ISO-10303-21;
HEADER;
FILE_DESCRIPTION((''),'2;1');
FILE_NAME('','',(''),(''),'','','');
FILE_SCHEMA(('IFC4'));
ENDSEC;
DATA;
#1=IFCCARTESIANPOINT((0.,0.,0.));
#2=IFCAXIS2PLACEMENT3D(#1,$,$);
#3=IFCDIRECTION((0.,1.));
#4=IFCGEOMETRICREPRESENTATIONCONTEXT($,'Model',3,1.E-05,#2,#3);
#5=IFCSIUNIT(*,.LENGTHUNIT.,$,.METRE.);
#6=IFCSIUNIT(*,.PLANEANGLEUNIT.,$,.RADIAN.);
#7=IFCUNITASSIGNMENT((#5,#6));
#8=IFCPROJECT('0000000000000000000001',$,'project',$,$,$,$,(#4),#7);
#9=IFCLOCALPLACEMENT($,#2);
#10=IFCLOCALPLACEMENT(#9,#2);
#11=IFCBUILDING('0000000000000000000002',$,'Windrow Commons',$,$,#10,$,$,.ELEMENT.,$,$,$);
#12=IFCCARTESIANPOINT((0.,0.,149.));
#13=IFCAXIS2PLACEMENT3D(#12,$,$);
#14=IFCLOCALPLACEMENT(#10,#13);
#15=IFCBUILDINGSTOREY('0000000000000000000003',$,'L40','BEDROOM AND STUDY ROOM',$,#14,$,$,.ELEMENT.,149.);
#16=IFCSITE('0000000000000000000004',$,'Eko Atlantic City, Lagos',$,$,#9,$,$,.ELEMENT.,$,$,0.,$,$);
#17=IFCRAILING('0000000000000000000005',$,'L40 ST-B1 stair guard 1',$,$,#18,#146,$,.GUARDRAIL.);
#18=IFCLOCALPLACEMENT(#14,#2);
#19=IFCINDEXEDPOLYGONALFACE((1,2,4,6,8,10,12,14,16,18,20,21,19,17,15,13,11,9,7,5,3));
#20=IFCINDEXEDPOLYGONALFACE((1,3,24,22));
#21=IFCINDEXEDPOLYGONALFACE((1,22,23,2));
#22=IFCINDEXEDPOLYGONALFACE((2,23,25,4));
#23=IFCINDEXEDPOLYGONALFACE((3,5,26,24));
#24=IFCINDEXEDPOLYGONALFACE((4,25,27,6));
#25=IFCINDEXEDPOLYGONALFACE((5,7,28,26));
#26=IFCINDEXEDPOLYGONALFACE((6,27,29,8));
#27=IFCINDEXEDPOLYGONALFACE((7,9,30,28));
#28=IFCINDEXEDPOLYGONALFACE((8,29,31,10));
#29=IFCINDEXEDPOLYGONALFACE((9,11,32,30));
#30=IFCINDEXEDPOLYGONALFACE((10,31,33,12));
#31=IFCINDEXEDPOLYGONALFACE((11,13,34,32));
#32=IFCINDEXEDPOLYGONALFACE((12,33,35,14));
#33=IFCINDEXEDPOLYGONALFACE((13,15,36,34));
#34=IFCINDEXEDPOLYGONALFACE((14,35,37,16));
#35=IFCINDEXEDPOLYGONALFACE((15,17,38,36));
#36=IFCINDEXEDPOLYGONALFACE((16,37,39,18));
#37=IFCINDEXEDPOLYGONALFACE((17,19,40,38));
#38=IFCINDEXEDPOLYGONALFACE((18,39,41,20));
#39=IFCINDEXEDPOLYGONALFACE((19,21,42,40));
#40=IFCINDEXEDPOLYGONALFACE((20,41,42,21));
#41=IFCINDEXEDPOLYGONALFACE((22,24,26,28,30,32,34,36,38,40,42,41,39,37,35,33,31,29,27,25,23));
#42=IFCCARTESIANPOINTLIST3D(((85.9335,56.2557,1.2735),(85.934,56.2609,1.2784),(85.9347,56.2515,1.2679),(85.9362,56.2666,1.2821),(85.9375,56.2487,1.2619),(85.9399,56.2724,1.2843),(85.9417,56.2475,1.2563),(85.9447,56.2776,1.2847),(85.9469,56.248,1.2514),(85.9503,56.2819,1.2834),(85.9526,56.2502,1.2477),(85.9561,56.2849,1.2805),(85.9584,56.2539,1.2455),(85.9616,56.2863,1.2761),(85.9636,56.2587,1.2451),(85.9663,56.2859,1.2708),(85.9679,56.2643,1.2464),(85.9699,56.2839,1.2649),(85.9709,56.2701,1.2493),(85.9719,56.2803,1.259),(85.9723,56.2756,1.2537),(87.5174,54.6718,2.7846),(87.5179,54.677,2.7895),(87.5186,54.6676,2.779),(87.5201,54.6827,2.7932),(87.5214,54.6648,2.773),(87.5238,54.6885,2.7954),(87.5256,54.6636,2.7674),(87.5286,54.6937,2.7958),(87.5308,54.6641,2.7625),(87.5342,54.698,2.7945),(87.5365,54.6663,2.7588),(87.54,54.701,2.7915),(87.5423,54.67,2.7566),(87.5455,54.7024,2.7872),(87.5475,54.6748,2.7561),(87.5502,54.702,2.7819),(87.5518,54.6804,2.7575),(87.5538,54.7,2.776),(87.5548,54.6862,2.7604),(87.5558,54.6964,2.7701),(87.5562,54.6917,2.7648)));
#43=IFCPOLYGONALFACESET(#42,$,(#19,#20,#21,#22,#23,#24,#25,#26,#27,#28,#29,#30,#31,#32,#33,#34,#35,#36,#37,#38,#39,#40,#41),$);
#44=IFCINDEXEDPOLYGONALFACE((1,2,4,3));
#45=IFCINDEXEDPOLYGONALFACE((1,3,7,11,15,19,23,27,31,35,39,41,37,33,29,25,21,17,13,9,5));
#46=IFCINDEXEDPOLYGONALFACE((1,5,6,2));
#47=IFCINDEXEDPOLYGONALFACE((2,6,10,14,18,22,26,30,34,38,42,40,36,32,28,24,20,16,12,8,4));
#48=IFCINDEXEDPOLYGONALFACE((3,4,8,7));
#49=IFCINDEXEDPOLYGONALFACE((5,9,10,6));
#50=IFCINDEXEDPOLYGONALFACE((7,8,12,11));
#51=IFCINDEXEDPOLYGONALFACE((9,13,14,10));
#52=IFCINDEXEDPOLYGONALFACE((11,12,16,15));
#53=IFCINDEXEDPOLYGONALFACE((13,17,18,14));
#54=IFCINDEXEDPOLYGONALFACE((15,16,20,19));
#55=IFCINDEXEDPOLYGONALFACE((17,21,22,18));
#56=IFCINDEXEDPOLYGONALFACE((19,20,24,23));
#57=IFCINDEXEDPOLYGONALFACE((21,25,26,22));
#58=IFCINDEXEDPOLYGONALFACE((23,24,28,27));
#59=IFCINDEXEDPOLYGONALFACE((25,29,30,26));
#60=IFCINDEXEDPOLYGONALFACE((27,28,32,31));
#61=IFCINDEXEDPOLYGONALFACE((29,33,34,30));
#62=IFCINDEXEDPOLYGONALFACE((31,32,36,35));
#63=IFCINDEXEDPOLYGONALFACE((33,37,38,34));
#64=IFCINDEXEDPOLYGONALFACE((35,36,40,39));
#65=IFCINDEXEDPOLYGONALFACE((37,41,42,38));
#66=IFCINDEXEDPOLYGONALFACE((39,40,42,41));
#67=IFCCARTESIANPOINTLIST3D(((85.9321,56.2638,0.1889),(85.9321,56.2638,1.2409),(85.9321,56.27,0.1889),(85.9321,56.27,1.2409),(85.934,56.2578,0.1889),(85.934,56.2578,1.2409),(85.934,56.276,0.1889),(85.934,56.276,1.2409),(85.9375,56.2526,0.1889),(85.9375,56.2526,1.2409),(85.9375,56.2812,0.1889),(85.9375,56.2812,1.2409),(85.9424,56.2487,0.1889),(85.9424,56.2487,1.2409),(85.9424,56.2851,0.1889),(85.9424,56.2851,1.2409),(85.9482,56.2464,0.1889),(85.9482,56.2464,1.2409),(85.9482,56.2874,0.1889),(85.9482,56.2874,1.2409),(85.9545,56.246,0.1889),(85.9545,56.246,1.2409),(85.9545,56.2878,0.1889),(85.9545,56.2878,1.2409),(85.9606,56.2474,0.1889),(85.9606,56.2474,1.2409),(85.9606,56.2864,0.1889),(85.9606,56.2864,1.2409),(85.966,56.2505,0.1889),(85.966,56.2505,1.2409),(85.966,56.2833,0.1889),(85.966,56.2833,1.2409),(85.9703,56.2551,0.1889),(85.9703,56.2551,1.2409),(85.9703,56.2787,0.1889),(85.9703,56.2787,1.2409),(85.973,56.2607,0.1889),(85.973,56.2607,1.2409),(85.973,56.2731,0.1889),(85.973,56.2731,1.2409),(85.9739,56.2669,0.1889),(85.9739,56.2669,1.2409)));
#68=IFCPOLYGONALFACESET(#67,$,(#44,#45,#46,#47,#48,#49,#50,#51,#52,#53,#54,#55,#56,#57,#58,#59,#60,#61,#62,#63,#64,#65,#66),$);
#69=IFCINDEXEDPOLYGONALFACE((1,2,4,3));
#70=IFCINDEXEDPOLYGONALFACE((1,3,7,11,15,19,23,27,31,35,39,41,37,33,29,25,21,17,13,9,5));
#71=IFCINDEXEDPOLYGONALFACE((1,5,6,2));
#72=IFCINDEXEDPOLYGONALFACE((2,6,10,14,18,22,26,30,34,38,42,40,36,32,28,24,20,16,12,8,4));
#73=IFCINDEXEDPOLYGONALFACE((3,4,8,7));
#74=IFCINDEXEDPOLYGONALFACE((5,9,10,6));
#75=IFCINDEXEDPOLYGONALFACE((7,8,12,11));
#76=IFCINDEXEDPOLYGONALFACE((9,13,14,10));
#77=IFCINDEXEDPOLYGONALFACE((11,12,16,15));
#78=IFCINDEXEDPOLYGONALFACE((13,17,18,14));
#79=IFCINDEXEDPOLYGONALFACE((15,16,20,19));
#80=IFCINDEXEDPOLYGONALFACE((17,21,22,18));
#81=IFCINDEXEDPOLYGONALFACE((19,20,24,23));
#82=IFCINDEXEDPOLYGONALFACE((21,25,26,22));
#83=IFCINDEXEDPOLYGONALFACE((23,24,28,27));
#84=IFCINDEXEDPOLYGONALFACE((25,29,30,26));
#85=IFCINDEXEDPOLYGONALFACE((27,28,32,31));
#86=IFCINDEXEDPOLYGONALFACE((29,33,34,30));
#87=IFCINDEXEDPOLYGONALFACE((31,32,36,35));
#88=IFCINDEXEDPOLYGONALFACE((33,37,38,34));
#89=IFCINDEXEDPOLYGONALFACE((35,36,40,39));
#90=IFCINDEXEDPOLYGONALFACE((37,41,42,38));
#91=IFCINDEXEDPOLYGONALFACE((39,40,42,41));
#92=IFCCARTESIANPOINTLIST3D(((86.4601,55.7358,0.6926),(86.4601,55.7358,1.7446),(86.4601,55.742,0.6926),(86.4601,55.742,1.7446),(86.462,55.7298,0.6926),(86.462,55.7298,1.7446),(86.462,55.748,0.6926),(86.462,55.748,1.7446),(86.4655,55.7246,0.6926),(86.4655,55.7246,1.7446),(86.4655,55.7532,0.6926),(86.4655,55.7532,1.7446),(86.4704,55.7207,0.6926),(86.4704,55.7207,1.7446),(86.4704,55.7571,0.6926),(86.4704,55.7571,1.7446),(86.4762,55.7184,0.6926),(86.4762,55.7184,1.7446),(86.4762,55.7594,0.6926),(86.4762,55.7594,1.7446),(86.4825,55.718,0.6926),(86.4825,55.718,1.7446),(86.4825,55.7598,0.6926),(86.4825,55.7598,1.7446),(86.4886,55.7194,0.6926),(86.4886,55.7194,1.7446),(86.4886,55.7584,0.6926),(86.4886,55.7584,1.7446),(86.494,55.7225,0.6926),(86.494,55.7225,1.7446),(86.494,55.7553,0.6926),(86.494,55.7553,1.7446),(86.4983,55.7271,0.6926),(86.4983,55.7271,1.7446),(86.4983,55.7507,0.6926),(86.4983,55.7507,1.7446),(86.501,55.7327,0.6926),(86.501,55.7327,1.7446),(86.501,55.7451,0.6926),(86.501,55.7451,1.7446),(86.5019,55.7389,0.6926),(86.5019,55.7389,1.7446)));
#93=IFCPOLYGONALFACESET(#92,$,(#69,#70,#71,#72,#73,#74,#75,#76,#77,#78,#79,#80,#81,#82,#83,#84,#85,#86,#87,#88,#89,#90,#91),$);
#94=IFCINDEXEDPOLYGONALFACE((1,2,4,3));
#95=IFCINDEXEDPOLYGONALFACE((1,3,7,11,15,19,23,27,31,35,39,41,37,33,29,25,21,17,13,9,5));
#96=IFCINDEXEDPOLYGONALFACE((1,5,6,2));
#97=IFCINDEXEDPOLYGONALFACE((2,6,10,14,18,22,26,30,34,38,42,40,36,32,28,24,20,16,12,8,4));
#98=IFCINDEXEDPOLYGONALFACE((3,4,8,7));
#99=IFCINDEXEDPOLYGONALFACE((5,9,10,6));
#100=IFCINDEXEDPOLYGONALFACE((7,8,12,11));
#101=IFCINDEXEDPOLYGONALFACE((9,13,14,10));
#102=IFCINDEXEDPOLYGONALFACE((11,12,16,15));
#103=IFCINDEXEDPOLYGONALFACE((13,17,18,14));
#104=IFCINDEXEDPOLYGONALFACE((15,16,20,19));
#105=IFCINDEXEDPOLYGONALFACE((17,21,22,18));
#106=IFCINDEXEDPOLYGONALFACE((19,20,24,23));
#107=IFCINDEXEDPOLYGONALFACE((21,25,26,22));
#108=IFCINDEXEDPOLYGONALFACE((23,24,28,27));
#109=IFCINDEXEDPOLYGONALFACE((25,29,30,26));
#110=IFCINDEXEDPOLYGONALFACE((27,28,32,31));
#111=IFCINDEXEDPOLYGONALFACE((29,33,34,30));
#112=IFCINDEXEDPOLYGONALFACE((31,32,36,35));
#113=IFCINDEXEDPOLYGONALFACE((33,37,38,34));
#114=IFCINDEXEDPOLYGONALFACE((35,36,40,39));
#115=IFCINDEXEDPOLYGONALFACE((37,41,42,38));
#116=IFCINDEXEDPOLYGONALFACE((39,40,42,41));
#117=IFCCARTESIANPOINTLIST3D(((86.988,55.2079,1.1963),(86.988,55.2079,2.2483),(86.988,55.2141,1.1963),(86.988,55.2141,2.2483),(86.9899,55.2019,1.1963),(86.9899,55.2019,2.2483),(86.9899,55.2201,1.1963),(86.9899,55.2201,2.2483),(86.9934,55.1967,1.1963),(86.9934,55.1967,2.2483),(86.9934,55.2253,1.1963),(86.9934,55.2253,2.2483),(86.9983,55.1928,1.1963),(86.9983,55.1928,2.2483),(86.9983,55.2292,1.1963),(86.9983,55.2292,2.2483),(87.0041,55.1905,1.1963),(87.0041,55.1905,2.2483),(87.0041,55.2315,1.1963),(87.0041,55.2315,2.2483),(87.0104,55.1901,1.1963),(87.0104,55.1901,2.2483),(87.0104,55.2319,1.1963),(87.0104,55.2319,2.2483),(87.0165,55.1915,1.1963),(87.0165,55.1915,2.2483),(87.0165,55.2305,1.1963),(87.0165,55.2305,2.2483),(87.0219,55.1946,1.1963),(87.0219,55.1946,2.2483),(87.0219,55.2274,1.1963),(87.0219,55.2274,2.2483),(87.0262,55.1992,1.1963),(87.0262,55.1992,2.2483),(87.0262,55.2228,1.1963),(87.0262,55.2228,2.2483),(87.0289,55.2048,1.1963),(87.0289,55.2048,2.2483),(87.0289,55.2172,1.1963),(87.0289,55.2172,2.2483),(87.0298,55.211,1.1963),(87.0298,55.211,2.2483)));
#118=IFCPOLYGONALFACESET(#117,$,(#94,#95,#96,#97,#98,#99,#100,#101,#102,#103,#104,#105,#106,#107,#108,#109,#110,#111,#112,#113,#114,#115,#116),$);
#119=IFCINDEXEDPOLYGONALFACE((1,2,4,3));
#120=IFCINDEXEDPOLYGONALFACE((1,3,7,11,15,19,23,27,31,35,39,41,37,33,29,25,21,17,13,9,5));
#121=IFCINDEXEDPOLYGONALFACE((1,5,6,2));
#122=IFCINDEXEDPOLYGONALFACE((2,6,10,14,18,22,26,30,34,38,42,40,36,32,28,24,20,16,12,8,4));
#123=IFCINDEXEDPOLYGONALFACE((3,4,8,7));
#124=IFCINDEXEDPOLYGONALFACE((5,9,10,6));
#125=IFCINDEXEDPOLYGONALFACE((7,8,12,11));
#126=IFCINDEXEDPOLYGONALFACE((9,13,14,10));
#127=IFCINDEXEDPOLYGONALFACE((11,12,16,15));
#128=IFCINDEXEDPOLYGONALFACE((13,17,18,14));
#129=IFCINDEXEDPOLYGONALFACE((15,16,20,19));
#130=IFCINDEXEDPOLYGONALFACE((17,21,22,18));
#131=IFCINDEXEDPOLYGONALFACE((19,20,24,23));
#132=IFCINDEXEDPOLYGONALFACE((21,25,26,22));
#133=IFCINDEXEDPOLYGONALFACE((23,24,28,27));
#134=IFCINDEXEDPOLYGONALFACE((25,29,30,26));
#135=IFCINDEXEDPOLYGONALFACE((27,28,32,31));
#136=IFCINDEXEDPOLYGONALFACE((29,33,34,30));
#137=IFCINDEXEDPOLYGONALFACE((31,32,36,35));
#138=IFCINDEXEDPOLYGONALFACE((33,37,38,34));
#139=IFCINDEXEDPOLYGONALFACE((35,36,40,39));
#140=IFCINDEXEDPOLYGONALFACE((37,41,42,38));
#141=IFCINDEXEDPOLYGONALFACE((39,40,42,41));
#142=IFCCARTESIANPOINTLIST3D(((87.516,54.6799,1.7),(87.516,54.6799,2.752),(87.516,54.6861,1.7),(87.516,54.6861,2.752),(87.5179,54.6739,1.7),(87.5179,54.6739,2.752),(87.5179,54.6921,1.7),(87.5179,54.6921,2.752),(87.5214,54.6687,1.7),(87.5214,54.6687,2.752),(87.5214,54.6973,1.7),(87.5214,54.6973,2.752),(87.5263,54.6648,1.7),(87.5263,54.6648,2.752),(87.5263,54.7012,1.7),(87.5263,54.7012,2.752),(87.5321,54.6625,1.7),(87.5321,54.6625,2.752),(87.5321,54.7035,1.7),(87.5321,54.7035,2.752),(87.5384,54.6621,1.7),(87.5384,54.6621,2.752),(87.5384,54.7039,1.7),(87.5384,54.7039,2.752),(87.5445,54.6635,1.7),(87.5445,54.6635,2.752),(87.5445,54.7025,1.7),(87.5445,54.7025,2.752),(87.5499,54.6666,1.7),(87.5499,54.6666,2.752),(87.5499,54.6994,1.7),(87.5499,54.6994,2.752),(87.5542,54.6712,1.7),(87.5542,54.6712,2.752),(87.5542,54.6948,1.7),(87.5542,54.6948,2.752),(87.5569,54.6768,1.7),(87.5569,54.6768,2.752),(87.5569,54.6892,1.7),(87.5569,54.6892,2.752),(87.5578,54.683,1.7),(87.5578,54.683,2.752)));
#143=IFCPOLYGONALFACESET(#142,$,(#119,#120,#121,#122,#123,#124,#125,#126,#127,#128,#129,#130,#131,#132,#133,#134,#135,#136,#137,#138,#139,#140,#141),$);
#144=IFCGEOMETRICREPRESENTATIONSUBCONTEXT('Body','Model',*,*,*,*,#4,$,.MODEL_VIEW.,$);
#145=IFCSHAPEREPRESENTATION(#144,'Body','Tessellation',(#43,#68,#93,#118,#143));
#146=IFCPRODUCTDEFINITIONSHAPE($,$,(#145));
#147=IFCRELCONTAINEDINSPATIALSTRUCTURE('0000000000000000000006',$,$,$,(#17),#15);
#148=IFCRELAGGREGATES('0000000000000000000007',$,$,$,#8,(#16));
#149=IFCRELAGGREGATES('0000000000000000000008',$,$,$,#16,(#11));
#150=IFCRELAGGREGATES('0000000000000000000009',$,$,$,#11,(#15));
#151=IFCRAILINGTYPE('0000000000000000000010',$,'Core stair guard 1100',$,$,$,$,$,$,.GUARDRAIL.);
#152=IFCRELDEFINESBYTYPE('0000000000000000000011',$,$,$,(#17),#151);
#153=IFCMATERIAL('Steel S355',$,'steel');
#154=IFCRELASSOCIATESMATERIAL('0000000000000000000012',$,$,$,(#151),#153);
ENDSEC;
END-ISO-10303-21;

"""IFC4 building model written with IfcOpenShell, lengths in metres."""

from ifc_helpers import new_model, si_unit, direction, frame, origin, origin_2d, place, context, subcontext, project, spatial, circle, extrude, material, type_object, element, save


model = new_model("IFC4")

# Units and contexts
model_context = context("Model", 3, precision=1e-05, world=origin(), true_north=direction((0.0, 1.0)))
body_context = subcontext(model_context, "Body", "Model", "MODEL_VIEW")
ifc_project = project(units=[si_unit("LENGTHUNIT", "METRE"), si_unit("PLANEANGLEUNIT", "RADIAN")], contexts=[model_context])

# Site, building, storey
site_placement = place(None, origin())
site = spatial("IfcSite", under=ifc_project, at=site_placement, Name="Eko Atlantic City, Lagos", CompositionType="ELEMENT", RefElevation=0.0)
building_placement = place(site_placement, origin())
building = spatial("IfcBuilding", under=site, at=building_placement, Name="Windrow Commons", CompositionType="ELEMENT")
storey_placement = place(building_placement, frame((0.0, 0.0, 149.0)))
storey = spatial("IfcBuildingStorey", under=building, at=storey_placement, Name="L40", Description="BEDROOM AND STUDY ROOM", CompositionType="ELEMENT", Elevation=149.0)

# Railing
ifc_material_1 = material(Name="Steel S355", Category="steel")
railing_type_1 = type_object("IfcRailingType", Name="Core stair guard 1100", PredefinedType="GUARDRAIL", material=ifc_material_1)
railing_1_placement = place(storey_placement, frame((85.9529, 56.2669, 0.1889)))
element("IfcRailing", 1, at=railing_1_placement, inside=storey, type_object=railing_type_1, Name="L40 ST-B1 stair guard 1", PredefinedType="GUARDRAIL", context=body_context, shape_type="SweptSolid", body=[
    extrude(circle(Radius=0.024, at=origin_2d()), frame((0.0, 0.0, 1.076), z_axis=(0.586191, -0.586191, 0.559249), x_axis=(0.707107, 0.707107, 0.0)), (0.0, 0.0, 1.0), 2.702),
    extrude(circle(Radius=0.021, at=origin_2d()), origin(), (0.0, 0.0, 1.0), 1.052),
    extrude(circle(Radius=0.021, at=origin_2d()), frame((0.528, -0.528, 0.5037)), (0.0, 0.0, 1.0), 1.052),
    extrude(circle(Radius=0.021, at=origin_2d()), frame((1.0559, -1.0559, 1.0074)), (0.0, 0.0, 1.0), 1.052),
    extrude(circle(Radius=0.021, at=origin_2d()), frame((1.5839, -1.5839, 1.5111)), (0.0, 0.0, 1.0), 1.052),
])

save(model, "model.ifc")
